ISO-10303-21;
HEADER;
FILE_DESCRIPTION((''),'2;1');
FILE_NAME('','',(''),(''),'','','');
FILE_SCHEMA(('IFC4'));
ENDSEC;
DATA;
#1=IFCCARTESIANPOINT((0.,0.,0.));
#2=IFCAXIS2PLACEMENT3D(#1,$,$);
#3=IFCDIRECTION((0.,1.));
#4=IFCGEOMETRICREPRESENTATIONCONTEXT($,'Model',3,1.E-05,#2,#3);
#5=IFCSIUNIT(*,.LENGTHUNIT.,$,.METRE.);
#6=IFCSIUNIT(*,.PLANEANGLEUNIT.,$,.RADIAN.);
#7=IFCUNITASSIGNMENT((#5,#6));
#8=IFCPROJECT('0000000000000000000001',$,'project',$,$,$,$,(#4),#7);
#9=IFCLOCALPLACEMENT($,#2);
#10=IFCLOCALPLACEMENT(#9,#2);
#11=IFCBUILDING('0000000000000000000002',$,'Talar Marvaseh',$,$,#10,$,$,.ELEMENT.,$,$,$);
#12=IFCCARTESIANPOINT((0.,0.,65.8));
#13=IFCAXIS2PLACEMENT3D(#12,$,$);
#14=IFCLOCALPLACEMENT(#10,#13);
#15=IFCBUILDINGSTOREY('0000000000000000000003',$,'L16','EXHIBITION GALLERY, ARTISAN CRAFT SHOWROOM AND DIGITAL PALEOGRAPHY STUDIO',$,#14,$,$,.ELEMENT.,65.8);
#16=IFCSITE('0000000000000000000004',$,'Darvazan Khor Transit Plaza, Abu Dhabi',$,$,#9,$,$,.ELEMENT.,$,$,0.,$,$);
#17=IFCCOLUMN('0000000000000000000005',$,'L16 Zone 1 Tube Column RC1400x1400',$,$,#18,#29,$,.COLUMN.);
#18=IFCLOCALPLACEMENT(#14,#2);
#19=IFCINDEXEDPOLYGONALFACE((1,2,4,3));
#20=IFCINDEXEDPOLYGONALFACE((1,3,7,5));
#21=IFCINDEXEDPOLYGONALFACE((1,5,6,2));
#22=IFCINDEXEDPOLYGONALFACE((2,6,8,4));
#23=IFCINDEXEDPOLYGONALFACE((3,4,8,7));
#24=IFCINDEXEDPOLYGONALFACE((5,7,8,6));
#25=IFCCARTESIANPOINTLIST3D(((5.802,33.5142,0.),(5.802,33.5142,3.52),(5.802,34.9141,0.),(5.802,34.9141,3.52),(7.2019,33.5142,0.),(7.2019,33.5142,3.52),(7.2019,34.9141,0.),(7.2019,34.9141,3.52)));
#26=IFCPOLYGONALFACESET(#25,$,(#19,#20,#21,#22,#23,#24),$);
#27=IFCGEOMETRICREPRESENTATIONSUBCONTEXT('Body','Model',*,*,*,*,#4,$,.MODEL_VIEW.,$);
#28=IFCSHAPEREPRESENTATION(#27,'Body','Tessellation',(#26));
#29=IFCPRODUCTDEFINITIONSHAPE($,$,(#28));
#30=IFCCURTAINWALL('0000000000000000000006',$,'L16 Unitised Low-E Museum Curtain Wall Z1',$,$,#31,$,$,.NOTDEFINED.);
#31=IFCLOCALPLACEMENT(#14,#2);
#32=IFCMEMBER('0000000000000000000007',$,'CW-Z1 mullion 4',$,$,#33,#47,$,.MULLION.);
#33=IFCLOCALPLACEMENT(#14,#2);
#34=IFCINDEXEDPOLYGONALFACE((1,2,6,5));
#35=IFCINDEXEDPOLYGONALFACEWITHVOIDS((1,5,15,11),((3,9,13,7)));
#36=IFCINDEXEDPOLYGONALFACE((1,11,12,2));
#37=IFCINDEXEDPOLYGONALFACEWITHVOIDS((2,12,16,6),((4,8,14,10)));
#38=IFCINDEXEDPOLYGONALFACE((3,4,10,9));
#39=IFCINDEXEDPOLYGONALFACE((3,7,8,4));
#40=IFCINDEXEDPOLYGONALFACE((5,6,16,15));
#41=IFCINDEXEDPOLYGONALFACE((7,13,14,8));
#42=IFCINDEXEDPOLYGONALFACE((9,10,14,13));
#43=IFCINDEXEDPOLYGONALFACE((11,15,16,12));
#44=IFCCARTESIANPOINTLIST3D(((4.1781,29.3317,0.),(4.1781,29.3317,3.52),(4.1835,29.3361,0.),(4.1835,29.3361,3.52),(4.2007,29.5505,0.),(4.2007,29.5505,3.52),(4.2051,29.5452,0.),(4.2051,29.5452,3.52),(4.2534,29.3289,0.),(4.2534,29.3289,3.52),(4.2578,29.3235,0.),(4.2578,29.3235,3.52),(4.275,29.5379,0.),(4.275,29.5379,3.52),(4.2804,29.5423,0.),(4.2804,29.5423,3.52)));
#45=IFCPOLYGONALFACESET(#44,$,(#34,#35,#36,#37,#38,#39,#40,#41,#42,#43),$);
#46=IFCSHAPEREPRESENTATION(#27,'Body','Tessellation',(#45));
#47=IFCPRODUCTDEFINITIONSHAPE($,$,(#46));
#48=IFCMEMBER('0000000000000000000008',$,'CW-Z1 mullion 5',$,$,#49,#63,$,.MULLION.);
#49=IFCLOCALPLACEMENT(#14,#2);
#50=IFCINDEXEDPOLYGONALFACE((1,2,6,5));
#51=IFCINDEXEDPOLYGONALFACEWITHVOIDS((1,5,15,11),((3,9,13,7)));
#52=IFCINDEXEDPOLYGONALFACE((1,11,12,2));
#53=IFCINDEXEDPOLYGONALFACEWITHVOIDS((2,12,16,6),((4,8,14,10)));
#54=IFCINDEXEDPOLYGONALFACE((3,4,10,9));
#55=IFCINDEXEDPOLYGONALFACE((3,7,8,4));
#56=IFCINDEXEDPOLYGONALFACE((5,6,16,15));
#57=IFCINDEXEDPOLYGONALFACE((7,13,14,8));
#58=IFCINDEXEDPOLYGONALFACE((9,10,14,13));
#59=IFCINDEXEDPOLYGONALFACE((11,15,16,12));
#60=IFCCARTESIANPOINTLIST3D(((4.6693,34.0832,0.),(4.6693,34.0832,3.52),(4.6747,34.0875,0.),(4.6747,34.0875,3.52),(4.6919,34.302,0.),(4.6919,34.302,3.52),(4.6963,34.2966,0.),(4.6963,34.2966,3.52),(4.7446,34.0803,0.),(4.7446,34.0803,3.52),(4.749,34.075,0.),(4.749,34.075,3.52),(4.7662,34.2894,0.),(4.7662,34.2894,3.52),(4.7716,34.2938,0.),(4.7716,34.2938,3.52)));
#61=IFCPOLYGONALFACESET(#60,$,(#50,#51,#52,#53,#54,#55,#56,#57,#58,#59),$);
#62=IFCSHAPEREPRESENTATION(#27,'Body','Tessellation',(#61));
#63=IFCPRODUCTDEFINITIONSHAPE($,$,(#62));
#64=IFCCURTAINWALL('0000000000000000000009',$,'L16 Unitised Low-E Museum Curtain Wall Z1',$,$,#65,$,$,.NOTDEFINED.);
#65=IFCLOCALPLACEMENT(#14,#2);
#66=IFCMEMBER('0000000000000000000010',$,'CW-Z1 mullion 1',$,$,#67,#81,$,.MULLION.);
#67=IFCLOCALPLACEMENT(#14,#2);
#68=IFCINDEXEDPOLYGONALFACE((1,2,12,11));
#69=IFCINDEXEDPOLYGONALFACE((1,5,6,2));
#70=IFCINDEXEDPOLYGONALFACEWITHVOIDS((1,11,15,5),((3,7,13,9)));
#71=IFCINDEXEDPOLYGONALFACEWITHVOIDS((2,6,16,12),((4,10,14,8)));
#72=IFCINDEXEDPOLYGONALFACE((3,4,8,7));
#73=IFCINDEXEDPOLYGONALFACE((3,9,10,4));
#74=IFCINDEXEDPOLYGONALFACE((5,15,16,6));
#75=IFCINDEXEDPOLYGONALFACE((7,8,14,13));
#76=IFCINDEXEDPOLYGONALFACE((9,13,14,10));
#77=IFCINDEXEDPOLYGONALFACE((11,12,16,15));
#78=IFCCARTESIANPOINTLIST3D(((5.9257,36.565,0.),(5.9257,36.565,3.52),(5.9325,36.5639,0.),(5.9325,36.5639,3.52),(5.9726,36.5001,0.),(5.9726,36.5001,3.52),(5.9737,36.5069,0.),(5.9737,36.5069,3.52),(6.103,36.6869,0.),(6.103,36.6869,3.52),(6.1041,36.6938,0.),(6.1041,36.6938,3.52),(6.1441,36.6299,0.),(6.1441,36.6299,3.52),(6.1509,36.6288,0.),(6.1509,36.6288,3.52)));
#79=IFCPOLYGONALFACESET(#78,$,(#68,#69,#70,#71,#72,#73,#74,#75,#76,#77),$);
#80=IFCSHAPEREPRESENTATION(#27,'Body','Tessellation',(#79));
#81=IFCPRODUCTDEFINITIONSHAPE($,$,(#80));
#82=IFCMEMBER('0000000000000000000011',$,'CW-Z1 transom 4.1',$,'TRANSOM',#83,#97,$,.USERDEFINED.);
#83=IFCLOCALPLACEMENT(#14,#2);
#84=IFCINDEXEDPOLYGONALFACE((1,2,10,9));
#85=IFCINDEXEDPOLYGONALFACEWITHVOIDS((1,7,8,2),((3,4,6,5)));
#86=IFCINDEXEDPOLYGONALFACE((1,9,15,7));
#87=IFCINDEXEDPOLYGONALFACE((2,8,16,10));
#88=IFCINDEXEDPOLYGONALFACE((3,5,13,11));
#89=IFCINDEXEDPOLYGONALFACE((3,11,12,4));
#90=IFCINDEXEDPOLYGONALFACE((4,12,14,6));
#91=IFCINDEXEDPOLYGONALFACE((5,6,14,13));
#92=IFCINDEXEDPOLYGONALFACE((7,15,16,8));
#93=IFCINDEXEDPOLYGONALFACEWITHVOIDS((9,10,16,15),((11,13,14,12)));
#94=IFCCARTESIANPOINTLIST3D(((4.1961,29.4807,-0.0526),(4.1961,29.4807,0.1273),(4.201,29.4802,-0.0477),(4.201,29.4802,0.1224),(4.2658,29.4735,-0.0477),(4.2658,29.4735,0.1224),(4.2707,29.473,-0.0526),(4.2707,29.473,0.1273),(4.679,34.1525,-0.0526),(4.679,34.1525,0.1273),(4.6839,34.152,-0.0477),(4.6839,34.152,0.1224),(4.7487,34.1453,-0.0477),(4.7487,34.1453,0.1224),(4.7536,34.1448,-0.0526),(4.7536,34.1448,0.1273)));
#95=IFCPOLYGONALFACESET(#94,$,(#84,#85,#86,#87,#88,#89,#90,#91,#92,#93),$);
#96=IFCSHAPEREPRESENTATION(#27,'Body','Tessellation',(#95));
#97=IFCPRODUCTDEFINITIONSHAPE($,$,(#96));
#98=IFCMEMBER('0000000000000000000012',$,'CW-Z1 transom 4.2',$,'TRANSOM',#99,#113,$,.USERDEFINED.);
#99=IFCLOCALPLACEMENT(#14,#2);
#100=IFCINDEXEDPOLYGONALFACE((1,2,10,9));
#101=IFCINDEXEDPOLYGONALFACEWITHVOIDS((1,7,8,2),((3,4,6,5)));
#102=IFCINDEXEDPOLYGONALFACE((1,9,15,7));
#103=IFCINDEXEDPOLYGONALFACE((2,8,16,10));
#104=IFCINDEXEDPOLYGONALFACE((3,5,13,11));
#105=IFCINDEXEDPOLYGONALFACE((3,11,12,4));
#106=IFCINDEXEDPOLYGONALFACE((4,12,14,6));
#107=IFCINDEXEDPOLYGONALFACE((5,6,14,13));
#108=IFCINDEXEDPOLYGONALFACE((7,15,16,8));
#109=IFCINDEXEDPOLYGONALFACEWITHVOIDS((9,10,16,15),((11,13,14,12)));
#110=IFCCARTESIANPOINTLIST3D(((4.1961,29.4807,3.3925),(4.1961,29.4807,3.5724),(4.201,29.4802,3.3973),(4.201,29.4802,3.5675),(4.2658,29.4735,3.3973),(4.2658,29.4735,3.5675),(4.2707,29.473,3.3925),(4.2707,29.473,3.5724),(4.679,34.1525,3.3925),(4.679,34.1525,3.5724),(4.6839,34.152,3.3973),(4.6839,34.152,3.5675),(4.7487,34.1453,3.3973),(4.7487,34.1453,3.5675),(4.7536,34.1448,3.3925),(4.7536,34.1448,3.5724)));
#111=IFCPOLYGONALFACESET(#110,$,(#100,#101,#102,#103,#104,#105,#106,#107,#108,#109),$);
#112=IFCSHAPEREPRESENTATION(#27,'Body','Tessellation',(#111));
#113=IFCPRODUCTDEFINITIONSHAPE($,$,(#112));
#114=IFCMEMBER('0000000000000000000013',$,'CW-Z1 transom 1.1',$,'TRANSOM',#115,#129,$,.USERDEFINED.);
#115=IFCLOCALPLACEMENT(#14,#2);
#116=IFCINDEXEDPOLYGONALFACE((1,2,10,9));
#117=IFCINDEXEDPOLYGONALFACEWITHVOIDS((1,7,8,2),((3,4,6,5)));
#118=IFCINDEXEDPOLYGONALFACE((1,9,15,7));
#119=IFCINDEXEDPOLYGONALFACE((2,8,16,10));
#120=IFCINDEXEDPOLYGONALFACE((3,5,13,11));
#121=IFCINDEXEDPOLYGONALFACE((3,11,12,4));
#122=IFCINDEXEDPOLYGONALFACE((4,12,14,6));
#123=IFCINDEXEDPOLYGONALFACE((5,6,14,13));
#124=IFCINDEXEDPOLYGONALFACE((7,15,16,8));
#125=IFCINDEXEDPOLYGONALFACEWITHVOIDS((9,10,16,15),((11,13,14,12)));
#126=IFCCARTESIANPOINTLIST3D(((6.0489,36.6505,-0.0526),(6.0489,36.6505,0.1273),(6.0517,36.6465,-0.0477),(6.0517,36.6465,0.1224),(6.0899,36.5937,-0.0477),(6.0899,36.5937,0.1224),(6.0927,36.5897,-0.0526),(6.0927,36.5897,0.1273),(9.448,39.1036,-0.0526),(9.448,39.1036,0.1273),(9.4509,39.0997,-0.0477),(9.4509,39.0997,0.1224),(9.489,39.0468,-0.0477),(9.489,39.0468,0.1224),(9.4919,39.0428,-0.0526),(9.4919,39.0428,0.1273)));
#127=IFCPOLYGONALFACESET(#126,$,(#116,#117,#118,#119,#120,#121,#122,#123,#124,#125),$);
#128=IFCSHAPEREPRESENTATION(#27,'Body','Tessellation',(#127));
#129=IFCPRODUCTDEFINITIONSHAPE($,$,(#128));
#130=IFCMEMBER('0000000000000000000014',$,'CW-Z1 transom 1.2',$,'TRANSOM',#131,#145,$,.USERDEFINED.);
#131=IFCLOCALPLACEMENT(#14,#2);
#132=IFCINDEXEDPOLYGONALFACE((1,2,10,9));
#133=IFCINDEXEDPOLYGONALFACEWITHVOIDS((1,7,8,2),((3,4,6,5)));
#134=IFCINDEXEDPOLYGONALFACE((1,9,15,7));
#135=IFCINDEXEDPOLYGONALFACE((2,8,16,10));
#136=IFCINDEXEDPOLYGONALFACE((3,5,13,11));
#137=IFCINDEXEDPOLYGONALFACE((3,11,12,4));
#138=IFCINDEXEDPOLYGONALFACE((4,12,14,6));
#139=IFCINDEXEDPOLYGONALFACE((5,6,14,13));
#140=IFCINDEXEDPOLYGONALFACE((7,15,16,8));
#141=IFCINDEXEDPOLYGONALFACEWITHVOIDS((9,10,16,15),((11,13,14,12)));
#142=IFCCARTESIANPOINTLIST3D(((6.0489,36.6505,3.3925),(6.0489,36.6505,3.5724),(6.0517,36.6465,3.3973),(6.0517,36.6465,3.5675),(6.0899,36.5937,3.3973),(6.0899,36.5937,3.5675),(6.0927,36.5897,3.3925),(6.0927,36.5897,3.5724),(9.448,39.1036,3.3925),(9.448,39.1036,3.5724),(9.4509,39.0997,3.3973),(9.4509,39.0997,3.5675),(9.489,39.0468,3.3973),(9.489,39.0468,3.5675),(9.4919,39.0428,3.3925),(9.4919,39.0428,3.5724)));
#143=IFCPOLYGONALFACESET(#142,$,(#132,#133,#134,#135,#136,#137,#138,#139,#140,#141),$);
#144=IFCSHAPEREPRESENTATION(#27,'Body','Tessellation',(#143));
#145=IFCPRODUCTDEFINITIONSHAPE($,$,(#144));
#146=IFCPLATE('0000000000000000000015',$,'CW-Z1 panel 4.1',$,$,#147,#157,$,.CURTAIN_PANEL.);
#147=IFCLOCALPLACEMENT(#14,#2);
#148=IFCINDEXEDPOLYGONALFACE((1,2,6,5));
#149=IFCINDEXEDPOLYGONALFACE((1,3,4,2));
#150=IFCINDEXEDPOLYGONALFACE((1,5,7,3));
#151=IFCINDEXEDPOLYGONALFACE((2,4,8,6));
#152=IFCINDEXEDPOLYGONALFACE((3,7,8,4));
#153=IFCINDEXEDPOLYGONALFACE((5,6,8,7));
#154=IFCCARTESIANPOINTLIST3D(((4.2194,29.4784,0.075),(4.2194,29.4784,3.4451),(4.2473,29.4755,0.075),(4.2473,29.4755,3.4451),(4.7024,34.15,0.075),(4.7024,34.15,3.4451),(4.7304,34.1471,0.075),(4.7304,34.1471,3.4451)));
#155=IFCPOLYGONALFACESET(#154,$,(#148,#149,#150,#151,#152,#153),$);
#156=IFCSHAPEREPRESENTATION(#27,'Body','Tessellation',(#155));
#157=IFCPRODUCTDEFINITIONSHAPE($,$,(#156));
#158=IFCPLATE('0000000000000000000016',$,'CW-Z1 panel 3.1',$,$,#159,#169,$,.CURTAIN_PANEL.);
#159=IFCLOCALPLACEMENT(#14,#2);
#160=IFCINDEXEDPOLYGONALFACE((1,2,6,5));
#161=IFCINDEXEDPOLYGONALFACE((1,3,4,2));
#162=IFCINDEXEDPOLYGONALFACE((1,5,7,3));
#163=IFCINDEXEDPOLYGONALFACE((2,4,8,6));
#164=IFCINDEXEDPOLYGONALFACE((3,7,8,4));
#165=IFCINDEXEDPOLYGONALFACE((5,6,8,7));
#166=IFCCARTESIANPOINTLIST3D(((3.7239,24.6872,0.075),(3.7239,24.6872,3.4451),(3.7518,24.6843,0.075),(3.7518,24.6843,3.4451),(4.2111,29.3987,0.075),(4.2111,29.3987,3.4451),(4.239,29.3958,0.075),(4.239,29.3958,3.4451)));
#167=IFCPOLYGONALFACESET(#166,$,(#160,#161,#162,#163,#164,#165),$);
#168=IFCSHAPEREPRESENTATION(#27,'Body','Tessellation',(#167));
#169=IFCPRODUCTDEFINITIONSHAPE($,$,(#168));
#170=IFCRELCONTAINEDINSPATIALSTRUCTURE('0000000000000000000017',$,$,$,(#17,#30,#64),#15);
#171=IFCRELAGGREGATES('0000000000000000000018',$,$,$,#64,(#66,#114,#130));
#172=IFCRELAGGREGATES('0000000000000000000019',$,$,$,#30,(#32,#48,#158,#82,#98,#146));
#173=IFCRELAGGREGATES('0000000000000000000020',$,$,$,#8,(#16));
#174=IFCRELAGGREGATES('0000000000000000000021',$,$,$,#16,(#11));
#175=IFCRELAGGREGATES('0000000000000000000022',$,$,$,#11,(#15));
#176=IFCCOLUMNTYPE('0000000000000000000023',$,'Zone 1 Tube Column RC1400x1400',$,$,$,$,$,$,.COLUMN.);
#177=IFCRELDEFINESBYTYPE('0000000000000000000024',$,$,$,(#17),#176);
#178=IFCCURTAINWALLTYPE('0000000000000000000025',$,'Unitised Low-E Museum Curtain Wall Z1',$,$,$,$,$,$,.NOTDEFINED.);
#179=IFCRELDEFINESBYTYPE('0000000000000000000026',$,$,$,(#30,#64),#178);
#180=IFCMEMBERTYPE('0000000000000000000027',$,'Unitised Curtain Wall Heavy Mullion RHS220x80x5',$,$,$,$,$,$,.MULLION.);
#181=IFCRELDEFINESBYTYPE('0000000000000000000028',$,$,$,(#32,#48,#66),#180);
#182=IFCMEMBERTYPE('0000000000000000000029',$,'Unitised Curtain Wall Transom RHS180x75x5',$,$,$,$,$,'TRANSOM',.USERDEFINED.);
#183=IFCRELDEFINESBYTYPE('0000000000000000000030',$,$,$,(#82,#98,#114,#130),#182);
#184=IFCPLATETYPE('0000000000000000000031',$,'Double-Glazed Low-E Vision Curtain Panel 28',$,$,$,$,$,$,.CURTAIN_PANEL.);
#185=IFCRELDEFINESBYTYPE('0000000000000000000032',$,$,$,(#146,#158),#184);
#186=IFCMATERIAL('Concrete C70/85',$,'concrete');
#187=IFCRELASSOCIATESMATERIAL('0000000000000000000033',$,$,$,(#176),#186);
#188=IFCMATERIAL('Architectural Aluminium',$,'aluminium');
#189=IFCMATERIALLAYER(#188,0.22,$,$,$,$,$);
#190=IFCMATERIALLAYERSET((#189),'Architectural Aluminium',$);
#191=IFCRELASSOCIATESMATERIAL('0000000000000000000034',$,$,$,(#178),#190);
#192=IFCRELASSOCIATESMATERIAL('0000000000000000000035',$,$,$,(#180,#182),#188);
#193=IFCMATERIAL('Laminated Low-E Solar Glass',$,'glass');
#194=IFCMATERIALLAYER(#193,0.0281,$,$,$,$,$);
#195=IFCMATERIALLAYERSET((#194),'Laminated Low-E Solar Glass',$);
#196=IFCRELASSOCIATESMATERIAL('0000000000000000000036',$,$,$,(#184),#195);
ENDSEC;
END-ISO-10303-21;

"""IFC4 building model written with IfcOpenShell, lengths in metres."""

from ifc_helpers import new_model, si_unit, direction, frame, origin, origin_2d, place, context, subcontext, project, spatial, rectangle, hollow_rectangle, extrude, source, transform, mapped, material, layer, layer_set, material_profile, profile_set, type_object, type_shapes, element, aggregate, save


model = new_model("IFC4")

# Units and contexts
model_context = context("Model", 3, precision=1e-05, world=origin(), true_north=direction((0.0, 1.0)))
body_context = subcontext(model_context, "Body", "Model", "MODEL_VIEW")
ifc_project = project(units=[si_unit("LENGTHUNIT", "METRE"), si_unit("PLANEANGLEUNIT", "RADIAN")], contexts=[model_context])

# Site, building, storey
site_placement = place(None, origin())
site = spatial("IfcSite", under=ifc_project, at=site_placement, Name="Darvazan Khor Transit Plaza, Abu Dhabi", CompositionType="ELEMENT", RefElevation=0.0)
building_placement = place(site_placement, origin())
building = spatial("IfcBuilding", under=site, at=building_placement, Name="Talar Marvaseh", CompositionType="ELEMENT")
storey_placement = place(building_placement, frame((0.0, 0.0, 65.8)))
storey = spatial("IfcBuildingStorey", under=building, at=storey_placement, Name="L16", Description="EXHIBITION GALLERY, ARTISAN CRAFT SHOWROOM AND DIGITAL PALEOGRAPHY STUDIO", CompositionType="ELEMENT", Elevation=65.8)

# Column
ifc_material_1 = material(Name="Concrete C70/85", Category="concrete")
ifc_material_profile_1 = material_profile(ifc_material_1, rectangle(XDim=1.3999, YDim=1.3999, at=origin_2d()), Name="RC1400x1400")
ifc_profile_set_1 = profile_set([ifc_material_profile_1], Name="Concrete C70/85")
column_type = type_object("IfcColumnType", Name="Zone 1 Tube Column RC1400x1400", PredefinedType="COLUMN", material=ifc_profile_set_1)
column_placement = place(storey_placement, frame((6.502, 34.2141, 0.0), z_axis=(0.0, 0.0, 1.0), x_axis=(1.0, 0.0, 0.0)))
element("IfcColumn", 1, at=column_placement, inside=storey, type_object=column_type, Name="L16 Zone 1 Tube Column RC1400x1400", PredefinedType="COLUMN", context=body_context, shape_type="SweptSolid", body=[
    extrude(rectangle(XDim=1.3999, YDim=1.3999, at=origin_2d()), origin(), (0.0, 0.0, 1.0), 3.52),
])

# Curtain wall, members
ifc_material_2 = material(Name="Architectural Aluminium", Category="aluminium")
ifc_layer_1 = layer(ifc_material_2, 0.22)
ifc_layer_set_1 = layer_set([ifc_layer_1], Name="Architectural Aluminium")
curtain_wall_type = type_object("IfcCurtainWallType", Name="Unitised Low-E Museum Curtain Wall Z1", PredefinedType="NOTDEFINED", material=ifc_layer_set_1)
curtain_wall_1_placement = place(storey_placement, origin())
curtain_wall_1 = element("IfcCurtainWall", 2, at=curtain_wall_1_placement, inside=storey, type_object=curtain_wall_type, Name="L16 Unitised Low-E Museum Curtain Wall Z1", PredefinedType="NOTDEFINED")
ifc_material_profile_2 = material_profile(ifc_material_2, hollow_rectangle(XDim=0.0801, YDim=0.22, WallThickness=0.0049, at=origin_2d()), Name="RHS220x80x5")
ifc_profile_set_2 = profile_set([ifc_material_profile_2], Name="Architectural Aluminium")
member_type_1 = type_object("IfcMemberType", Name="Unitised Curtain Wall Heavy Mullion RHS220x80x5", PredefinedType="MULLION", material=ifc_profile_set_2)
shared_shape_1 = source(origin(), body_context, "Body", "SweptSolid", [
    extrude(hollow_rectangle(XDim=0.0801, YDim=0.22, WallThickness=0.0049, at=origin_2d()), origin(), (0.0, 0.0, 1.0), 3.52),
])
type_shapes(member_type_1, [shared_shape_1])
member_1_placement = place(storey_placement, frame((4.2292, 29.437, 0.0), z_axis=(0.0, 0.0, 1.0), x_axis=(-0.994696, 0.102857, 0.0)))
member_1 = element("IfcMember", 3, at=member_1_placement, type_object=member_type_1, Name="CW-Z1 mullion 4", PredefinedType="MULLION", context=body_context, shape_type="MappedRepresentation", body=[
    mapped(shared_shape_1, transform((0.0, 0.0, 0.0), x_axis=(1.0, 0.0, 0.0), y_axis=(0.0, 1.0, 0.0), z_axis=(0.0, 0.0, 1.0), scale=1.0)),
])
member_2_placement = place(storey_placement, frame((4.7205, 34.1885, 0.0), z_axis=(0.0, 0.0, 1.0), x_axis=(-0.994696, 0.102857, 0.0)))
member_2 = element("IfcMember", 4, at=member_2_placement, type_object=member_type_1, Name="CW-Z1 mullion 5", PredefinedType="MULLION", context=body_context, shape_type="MappedRepresentation", body=[
    mapped(shared_shape_1, transform((0.0, 0.0, 0.0), x_axis=(1.0, 0.0, 0.0), y_axis=(0.0, 1.0, 0.0), z_axis=(0.0, 0.0, 1.0), scale=1.0)),
])

# Curtain wall, member
curtain_wall_2_placement = place(storey_placement, origin())
curtain_wall_2 = element("IfcCurtainWall", 5, at=curtain_wall_2_placement, inside=storey, type_object=curtain_wall_type, Name="L16 Unitised Low-E Museum Curtain Wall Z1", PredefinedType="NOTDEFINED")
member_3_placement = place(storey_placement, frame((6.0383, 36.5969, 0.0), z_axis=(0.0, 0.0, 1.0), x_axis=(-0.585209, 0.810882, 0.0)))
member_3 = element("IfcMember", 6, at=member_3_placement, type_object=member_type_1, Name="CW-Z1 mullion 1", PredefinedType="MULLION", context=body_context, shape_type="MappedRepresentation", body=[
    mapped(shared_shape_1, transform((0.0, 0.0, 0.0), x_axis=(1.0, 0.0, 0.0), y_axis=(0.0, 1.0, 0.0), z_axis=(0.0, 0.0, 1.0), scale=1.0)),
])

# Members
ifc_material_profile_3 = material_profile(ifc_material_2, hollow_rectangle(XDim=0.075, YDim=0.1799, WallThickness=0.0049, at=origin_2d()), Name="RHS180x75x5")
ifc_profile_set_3 = profile_set([ifc_material_profile_3], Name="Architectural Aluminium")
member_type_2 = type_object("IfcMemberType", Name="Unitised Curtain Wall Transom RHS180x75x5", ElementType="TRANSOM", PredefinedType="USERDEFINED", material=ifc_profile_set_3)
shared_shape_2 = source(origin(), body_context, "Body", "SweptSolid", [
    extrude(hollow_rectangle(XDim=0.075, YDim=0.1799, WallThickness=0.0049, at=origin_2d()), origin(), (0.0, 0.0, 1.0), 4.6968),
])
member_4_placement = place(storey_placement, frame((4.2334, 29.4768, 0.0374), z_axis=(0.102818, 0.9947, 0.0), x_axis=(-0.9947, 0.102818, 0.0)))
member_4 = element("IfcMember", 7, at=member_4_placement, type_object=member_type_2, Name="CW-Z1 transom 4.1", ObjectType="TRANSOM", PredefinedType="USERDEFINED", context=body_context, shape_type="MappedRepresentation", body=[
    mapped(shared_shape_2, transform((0.0, 0.0, 0.0), x_axis=(1.0, 0.0, 0.0), y_axis=(0.0, 1.0, 0.0), z_axis=(0.0, 0.0, 1.0), scale=1.0)),
])
member_5_placement = place(storey_placement, frame((4.2334, 29.4768, 3.4824), z_axis=(0.102818, 0.9947, 0.0), x_axis=(-0.9947, 0.102818, 0.0)))
member_5 = element("IfcMember", 8, at=member_5_placement, type_object=member_type_2, Name="CW-Z1 transom 4.2", ObjectType="TRANSOM", PredefinedType="USERDEFINED", context=body_context, shape_type="MappedRepresentation", body=[
    mapped(shared_shape_2, transform((0.0, 0.0, 0.0), x_axis=(1.0, 0.0, 0.0), y_axis=(0.0, 1.0, 0.0), z_axis=(0.0, 0.0, 1.0), scale=1.0)),
])
shared_shape_3 = source(origin(), body_context, "Body", "SweptSolid", [
    extrude(hollow_rectangle(XDim=0.075, YDim=0.1799, WallThickness=0.0049, at=origin_2d()), origin(), (0.0, 0.0, 1.0), 4.1919),
])
type_shapes(member_type_2, [shared_shape_2, shared_shape_3])
member_6_placement = place(storey_placement, frame((6.0708, 36.6201, 0.0374), z_axis=(0.810887, 0.585203, 0.0), x_axis=(-0.585203, 0.810887, 0.0)))
member_6 = element("IfcMember", 9, at=member_6_placement, type_object=member_type_2, Name="CW-Z1 transom 1.1", ObjectType="TRANSOM", PredefinedType="USERDEFINED", context=body_context, shape_type="MappedRepresentation", body=[
    mapped(shared_shape_3, transform((0.0, 0.0, 0.0), x_axis=(1.0, 0.0, 0.0), y_axis=(0.0, 1.0, 0.0), z_axis=(0.0, 0.0, 1.0), scale=1.0)),
])
member_7_placement = place(storey_placement, frame((6.0708, 36.6201, 3.4824), z_axis=(0.810887, 0.585203, 0.0), x_axis=(-0.585203, 0.810887, 0.0)))
member_7 = element("IfcMember", 10, at=member_7_placement, type_object=member_type_2, Name="CW-Z1 transom 1.2", ObjectType="TRANSOM", PredefinedType="USERDEFINED", context=body_context, shape_type="MappedRepresentation", body=[
    mapped(shared_shape_3, transform((0.0, 0.0, 0.0), x_axis=(1.0, 0.0, 0.0), y_axis=(0.0, 1.0, 0.0), z_axis=(0.0, 0.0, 1.0), scale=1.0)),
])
aggregate(curtain_wall_2, [member_3, member_6, member_7])

# Plates
ifc_material_3 = material(Name="Laminated Low-E Solar Glass", Category="glass")
ifc_layer_2 = layer(ifc_material_3, 0.0281)
ifc_layer_set_2 = layer_set([ifc_layer_2], Name="Laminated Low-E Solar Glass")
plate_type = type_object("IfcPlateType", Name="Double-Glazed Low-E Vision Curtain Panel 28", PredefinedType="CURTAIN_PANEL", material=ifc_layer_set_2)
shared_shape_4 = source(origin(), body_context, "Body", "SweptSolid", [
    extrude(rectangle(XDim=4.6965, YDim=0.0281, at=origin_2d()), origin(), (0.0, 0.0, 1.0), 3.3701),
])
plate_1_placement = place(storey_placement, frame((4.4749, 31.8127, 0.075), z_axis=(0.0, 0.0, 1.0), x_axis=(0.102857, 0.994696, 0.0)))
plate_1 = element("IfcPlate", 11, at=plate_1_placement, type_object=plate_type, Name="CW-Z1 panel 4.1", PredefinedType="CURTAIN_PANEL", context=body_context, shape_type="MappedRepresentation", body=[
    mapped(shared_shape_4, transform((0.0, 0.0, 0.0), x_axis=(1.0, 0.0, 0.0), y_axis=(0.0, 1.0, 0.0), z_axis=(0.0, 0.0, 1.0), scale=1.0)),
])
shared_shape_5 = source(origin(), body_context, "Body", "SweptSolid", [
    extrude(rectangle(XDim=4.7366, YDim=0.0281, at=origin_2d()), origin(), (0.0, 0.0, 1.0), 3.3701),
])
type_shapes(plate_type, [shared_shape_4, shared_shape_5])
plate_2_placement = place(storey_placement, frame((3.9814, 27.0415, 0.075), z_axis=(0.0, 0.0, 1.0), x_axis=(0.102857, 0.994696, 0.0)))
plate_2 = element("IfcPlate", 12, at=plate_2_placement, type_object=plate_type, Name="CW-Z1 panel 3.1", PredefinedType="CURTAIN_PANEL", context=body_context, shape_type="MappedRepresentation", body=[
    mapped(shared_shape_5, transform((0.0, 0.0, 0.0), x_axis=(1.0, 0.0, 0.0), y_axis=(0.0, 1.0, 0.0), z_axis=(0.0, 0.0, 1.0), scale=1.0)),
])
aggregate(curtain_wall_1, [member_1, member_2, plate_2, member_4, member_5, plate_1])

save(model, "model.ifc")
